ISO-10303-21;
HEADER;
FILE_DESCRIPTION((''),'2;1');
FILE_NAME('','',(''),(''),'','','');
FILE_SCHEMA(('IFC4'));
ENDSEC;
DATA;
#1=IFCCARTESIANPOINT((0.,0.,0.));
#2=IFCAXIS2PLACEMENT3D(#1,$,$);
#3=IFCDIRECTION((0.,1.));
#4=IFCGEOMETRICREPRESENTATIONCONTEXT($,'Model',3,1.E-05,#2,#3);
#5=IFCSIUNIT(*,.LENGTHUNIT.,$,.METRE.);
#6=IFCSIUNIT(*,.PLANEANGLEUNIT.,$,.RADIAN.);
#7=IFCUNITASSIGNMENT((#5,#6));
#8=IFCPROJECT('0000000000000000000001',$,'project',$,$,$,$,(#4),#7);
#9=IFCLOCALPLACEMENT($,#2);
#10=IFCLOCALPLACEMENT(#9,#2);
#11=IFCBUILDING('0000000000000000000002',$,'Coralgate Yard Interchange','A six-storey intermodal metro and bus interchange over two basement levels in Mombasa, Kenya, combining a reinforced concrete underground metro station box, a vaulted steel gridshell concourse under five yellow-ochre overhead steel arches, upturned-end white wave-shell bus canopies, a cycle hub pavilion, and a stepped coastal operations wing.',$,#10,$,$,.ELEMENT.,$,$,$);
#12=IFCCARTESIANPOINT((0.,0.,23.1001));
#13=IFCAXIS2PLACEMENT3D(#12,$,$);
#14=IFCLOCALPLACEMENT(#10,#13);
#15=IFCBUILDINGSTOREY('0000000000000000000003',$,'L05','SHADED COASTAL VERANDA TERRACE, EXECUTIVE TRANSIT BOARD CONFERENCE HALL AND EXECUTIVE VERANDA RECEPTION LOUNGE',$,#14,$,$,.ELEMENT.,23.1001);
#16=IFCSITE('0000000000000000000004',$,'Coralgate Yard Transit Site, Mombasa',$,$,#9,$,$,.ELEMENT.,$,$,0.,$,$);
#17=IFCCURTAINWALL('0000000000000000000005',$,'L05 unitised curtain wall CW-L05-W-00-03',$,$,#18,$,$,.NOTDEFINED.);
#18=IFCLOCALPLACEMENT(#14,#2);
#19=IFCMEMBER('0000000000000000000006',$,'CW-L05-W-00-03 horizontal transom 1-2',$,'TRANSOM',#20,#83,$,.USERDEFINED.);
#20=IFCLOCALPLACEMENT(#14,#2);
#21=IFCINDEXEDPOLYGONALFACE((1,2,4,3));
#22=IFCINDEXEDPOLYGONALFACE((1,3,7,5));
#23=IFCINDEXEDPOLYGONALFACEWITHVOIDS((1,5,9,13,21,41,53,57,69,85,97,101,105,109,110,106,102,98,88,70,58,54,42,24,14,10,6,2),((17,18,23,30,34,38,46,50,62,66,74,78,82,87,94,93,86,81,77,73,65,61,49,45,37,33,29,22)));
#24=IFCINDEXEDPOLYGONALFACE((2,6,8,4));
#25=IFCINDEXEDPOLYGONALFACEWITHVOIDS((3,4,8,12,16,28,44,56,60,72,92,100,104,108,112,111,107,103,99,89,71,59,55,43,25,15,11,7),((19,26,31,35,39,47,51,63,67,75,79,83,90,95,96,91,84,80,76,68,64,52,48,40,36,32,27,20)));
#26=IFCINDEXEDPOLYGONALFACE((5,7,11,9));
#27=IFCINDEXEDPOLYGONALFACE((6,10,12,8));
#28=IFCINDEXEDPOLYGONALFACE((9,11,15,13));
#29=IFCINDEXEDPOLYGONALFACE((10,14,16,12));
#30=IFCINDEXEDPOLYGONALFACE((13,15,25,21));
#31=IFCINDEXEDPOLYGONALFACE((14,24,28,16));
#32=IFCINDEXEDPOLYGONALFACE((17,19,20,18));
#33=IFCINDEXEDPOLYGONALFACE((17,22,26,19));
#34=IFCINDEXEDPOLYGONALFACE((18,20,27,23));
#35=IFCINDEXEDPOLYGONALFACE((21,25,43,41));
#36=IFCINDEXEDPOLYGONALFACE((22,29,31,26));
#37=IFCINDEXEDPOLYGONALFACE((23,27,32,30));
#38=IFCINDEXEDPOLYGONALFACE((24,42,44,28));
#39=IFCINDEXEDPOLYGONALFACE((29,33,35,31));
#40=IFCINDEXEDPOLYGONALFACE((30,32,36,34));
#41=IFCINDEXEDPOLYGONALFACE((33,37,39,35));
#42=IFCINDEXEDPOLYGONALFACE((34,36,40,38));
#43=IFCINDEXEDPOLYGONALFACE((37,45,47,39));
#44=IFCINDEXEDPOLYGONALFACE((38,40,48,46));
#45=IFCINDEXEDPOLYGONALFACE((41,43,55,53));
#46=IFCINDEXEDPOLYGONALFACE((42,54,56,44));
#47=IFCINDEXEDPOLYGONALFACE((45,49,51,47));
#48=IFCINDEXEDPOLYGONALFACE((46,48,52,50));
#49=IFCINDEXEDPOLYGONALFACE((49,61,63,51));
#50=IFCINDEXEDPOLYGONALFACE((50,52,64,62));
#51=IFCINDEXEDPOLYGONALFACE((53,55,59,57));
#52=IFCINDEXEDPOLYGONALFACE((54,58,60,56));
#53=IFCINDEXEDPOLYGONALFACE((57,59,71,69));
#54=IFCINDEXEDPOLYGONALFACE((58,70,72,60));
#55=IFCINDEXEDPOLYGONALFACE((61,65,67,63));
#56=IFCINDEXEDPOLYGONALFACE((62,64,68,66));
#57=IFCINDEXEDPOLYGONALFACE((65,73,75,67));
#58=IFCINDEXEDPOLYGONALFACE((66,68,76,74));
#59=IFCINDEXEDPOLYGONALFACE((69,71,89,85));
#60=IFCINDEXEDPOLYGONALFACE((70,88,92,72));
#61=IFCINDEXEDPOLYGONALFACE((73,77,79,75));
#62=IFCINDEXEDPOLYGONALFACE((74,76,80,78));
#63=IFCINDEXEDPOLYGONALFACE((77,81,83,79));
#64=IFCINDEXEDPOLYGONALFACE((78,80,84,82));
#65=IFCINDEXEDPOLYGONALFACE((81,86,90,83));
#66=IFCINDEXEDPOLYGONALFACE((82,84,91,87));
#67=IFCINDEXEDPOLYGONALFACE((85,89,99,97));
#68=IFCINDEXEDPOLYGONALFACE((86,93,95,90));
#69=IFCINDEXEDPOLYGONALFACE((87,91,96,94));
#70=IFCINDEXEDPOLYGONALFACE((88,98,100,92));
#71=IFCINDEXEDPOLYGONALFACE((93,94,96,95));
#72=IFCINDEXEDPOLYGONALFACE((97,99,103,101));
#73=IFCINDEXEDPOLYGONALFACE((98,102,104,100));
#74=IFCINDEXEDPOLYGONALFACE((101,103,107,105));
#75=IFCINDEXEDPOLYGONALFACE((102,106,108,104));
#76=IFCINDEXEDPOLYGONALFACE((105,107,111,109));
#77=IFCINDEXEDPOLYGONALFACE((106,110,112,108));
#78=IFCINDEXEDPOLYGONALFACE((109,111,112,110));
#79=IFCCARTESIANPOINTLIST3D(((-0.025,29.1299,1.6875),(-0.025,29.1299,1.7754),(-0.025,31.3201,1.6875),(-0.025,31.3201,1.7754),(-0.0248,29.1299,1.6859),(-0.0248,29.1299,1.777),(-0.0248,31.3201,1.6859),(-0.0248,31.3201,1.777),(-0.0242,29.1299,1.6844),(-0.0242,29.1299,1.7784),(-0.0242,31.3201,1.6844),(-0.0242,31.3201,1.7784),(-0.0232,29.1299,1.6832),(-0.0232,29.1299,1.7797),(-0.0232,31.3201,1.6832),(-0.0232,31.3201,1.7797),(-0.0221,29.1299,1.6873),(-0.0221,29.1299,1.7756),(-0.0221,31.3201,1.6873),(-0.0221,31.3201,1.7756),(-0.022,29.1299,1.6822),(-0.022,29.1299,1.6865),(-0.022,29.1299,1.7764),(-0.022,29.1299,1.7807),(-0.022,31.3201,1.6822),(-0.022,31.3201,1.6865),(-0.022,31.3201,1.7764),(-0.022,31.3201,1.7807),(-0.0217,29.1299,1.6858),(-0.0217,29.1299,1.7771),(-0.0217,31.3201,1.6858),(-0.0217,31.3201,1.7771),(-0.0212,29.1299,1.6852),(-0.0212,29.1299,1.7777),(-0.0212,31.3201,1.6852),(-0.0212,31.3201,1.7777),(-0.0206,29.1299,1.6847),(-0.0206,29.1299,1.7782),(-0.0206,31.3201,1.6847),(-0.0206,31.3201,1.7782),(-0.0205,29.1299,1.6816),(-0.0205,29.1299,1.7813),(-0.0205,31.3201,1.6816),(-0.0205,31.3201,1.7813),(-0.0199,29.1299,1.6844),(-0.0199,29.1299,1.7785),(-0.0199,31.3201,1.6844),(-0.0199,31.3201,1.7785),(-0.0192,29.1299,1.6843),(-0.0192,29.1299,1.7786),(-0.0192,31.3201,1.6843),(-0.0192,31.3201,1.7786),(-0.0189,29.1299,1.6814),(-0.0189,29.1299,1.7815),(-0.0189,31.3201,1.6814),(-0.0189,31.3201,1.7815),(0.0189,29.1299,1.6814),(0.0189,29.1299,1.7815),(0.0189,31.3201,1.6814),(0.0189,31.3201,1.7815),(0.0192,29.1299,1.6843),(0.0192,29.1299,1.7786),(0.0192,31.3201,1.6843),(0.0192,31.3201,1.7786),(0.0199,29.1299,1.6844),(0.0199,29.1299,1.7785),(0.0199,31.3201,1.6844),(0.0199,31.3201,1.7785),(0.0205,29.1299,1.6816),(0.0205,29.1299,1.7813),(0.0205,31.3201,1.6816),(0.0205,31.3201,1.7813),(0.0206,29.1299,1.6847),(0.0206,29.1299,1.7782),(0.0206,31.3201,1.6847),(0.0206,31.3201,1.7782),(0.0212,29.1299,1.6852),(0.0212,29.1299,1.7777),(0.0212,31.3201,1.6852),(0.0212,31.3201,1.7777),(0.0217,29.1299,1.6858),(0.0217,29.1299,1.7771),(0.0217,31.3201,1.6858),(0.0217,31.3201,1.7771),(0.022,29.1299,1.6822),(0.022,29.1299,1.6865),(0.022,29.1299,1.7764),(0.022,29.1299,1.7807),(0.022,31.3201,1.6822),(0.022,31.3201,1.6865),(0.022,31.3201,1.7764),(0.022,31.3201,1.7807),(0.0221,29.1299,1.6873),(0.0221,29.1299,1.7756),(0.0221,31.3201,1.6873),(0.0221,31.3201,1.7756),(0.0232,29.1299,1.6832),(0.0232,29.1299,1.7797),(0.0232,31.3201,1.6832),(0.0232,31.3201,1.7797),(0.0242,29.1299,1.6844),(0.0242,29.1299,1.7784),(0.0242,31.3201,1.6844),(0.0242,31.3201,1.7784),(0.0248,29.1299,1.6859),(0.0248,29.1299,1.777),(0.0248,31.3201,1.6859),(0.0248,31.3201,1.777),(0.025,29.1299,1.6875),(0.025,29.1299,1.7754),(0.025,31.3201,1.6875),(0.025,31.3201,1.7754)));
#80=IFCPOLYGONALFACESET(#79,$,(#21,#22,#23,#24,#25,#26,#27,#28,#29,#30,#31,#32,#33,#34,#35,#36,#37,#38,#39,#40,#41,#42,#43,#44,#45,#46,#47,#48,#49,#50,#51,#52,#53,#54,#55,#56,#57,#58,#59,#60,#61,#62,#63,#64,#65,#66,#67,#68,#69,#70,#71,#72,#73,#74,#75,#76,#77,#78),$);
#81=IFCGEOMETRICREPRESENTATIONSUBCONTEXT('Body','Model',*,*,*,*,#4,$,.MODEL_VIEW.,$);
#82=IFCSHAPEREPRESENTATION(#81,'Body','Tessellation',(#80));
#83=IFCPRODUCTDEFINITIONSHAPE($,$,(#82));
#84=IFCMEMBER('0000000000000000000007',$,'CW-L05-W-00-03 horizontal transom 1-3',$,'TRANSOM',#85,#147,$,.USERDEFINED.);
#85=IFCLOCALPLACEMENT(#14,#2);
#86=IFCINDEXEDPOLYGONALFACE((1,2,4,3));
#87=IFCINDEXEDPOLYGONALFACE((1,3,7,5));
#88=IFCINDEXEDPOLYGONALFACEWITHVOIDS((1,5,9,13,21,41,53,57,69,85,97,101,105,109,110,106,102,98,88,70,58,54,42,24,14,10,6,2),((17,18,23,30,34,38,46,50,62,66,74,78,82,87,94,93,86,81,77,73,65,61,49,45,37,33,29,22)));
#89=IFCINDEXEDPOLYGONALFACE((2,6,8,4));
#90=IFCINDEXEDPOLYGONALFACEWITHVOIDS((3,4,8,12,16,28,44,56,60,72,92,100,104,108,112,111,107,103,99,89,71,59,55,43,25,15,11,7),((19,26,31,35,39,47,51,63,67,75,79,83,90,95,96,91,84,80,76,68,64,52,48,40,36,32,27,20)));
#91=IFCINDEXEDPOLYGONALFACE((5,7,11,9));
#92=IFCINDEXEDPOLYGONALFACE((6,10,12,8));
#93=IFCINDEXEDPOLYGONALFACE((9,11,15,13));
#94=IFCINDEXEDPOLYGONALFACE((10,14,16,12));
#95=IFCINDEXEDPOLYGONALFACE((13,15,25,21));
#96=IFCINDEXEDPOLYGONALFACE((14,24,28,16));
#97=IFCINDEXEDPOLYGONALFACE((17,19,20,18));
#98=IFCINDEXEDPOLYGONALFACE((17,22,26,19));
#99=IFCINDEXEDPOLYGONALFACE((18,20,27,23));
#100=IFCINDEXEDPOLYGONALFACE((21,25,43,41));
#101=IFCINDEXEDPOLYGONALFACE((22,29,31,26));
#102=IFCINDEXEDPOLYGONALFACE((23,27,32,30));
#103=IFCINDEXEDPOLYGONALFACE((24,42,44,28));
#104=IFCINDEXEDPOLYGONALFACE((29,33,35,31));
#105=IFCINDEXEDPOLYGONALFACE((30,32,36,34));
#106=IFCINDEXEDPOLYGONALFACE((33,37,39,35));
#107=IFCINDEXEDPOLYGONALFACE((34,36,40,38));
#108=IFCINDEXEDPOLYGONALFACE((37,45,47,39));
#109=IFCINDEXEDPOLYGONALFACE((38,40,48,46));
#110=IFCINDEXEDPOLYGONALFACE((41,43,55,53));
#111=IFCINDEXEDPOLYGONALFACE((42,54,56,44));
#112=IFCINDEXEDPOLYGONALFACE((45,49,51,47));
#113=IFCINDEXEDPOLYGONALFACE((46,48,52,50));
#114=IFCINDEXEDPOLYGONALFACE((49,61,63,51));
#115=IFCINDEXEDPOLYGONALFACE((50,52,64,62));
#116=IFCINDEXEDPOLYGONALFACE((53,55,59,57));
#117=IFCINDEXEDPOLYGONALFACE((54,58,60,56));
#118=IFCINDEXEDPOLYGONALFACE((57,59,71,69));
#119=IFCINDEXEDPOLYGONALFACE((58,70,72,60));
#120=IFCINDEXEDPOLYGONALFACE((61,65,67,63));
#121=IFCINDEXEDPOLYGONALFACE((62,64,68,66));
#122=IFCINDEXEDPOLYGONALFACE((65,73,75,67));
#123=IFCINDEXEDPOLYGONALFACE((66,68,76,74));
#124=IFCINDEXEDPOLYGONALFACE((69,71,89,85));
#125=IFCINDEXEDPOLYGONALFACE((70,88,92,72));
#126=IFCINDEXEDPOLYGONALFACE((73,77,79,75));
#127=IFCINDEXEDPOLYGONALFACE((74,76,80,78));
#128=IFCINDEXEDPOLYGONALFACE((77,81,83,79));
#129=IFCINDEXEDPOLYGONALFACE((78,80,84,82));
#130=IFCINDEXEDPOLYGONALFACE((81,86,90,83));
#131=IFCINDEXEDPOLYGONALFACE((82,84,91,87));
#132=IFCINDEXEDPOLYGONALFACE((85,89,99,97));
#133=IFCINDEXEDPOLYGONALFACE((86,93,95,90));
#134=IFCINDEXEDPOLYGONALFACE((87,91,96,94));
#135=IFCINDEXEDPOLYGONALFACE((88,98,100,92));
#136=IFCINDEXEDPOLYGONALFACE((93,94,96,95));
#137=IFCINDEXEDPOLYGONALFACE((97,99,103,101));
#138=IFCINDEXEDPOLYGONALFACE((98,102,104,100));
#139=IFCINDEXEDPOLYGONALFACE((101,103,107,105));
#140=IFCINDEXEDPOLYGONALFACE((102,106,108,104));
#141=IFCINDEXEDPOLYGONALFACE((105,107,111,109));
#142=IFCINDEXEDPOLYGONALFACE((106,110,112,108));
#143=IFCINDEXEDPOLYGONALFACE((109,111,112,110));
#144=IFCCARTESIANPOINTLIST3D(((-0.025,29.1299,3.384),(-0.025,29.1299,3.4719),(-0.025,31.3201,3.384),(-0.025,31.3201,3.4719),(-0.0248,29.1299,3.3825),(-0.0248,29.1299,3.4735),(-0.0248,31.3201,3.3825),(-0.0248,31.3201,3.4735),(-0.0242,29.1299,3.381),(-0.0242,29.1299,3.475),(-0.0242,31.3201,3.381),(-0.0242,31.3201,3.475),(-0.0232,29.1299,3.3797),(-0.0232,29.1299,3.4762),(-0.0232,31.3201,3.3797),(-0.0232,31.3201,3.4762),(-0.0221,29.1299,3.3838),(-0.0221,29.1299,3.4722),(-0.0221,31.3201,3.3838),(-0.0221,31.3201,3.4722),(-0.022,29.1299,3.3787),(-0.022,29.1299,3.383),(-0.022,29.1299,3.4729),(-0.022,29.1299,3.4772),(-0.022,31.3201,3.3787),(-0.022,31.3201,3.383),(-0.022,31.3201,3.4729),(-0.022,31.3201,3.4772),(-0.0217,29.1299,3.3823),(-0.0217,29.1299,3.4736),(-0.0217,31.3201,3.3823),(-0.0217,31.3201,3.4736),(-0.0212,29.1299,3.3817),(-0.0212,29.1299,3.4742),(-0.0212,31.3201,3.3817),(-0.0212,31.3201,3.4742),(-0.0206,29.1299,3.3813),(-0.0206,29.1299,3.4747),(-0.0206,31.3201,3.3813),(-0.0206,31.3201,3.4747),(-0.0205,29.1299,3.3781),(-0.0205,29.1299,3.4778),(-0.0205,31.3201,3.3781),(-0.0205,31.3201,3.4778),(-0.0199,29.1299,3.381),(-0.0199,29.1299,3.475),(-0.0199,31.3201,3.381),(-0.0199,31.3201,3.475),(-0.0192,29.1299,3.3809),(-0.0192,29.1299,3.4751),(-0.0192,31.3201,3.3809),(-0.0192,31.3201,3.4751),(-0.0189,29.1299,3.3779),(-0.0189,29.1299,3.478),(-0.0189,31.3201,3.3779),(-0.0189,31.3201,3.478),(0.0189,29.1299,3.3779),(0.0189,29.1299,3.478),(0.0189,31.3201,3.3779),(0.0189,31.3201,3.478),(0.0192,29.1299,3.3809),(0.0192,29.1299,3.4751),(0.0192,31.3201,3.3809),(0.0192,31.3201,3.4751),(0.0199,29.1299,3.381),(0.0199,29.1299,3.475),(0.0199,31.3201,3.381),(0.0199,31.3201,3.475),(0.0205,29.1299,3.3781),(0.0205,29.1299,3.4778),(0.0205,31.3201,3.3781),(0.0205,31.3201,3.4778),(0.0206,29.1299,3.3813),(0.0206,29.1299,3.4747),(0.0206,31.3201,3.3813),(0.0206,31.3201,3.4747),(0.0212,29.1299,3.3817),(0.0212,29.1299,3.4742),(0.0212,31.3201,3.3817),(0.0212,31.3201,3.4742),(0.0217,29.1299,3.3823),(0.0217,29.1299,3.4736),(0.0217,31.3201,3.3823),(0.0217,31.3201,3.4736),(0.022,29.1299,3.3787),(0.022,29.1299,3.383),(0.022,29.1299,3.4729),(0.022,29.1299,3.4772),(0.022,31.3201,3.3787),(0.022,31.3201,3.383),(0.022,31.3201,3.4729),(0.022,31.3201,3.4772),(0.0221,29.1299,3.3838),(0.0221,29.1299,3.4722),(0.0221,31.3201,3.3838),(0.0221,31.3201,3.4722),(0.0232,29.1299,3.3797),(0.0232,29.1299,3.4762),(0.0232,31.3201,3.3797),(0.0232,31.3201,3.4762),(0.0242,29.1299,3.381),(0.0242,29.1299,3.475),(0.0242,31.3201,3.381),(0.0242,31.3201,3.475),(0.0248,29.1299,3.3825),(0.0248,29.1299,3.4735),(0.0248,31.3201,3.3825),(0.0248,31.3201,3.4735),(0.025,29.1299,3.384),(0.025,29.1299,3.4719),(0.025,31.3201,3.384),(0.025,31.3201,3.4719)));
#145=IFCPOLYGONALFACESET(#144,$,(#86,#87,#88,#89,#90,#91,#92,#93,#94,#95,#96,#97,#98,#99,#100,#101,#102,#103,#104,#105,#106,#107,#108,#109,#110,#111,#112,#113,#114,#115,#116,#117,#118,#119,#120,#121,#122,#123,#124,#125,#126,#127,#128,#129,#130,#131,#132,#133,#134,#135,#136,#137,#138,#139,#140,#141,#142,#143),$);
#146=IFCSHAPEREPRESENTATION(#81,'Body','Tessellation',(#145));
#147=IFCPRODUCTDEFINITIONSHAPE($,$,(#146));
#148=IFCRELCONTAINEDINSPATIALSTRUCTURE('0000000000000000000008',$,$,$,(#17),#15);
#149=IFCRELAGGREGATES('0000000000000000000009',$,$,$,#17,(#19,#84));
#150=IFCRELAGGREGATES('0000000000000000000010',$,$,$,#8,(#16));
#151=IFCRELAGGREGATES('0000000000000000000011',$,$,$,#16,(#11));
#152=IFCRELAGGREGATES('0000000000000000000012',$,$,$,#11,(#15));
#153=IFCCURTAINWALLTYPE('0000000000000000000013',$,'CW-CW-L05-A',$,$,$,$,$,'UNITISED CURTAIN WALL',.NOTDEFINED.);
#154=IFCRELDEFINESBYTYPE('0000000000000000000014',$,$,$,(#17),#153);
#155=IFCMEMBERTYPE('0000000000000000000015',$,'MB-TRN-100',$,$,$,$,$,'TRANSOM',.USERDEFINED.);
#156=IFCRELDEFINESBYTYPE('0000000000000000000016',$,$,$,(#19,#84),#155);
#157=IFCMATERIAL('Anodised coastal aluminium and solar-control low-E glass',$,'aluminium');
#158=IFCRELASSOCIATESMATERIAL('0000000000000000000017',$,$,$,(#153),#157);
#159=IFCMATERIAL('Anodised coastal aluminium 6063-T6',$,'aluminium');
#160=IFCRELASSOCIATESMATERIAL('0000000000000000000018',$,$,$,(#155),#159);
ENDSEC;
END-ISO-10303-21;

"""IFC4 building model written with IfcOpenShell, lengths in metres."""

from ifc_helpers import new_model, si_unit, direction, frame, origin, origin_2d, place, context, subcontext, project, spatial, hollow_rectangle, extrude, material, material_profile, profile_set, type_object, element, aggregate, save


model = new_model("IFC4")

# Units and contexts
model_context = context("Model", 3, precision=1e-05, world=origin(), true_north=direction((0.0, 1.0)))
body_context = subcontext(model_context, "Body", "Model", "MODEL_VIEW")
ifc_project = project(units=[si_unit("LENGTHUNIT", "METRE"), si_unit("PLANEANGLEUNIT", "RADIAN")], contexts=[model_context])

# Site, building, storey
site_placement = place(None, origin())
site = spatial("IfcSite", under=ifc_project, at=site_placement, Name="Coralgate Yard Transit Site, Mombasa", CompositionType="ELEMENT", RefElevation=0.0)
building_placement = place(site_placement, origin())
building = spatial("IfcBuilding", under=site, at=building_placement, Name="Coralgate Yard Interchange", Description="A six-storey intermodal metro and bus interchange over two basement levels in Mombasa, Kenya, combining a reinforced concrete underground metro station box, a vaulted steel gridshell concourse under five yellow-ochre overhead steel arches, upturned-end white wave-shell bus canopies, a cycle hub pavilion, and a stepped coastal operations wing.", CompositionType="ELEMENT")
storey_placement = place(building_placement, frame((0.0, 0.0, 23.1001)))
storey = spatial("IfcBuildingStorey", under=building, at=storey_placement, Name="L05", Description="SHADED COASTAL VERANDA TERRACE, EXECUTIVE TRANSIT BOARD CONFERENCE HALL AND EXECUTIVE VERANDA RECEPTION LOUNGE", CompositionType="ELEMENT", Elevation=23.1001)

# Curtain wall, members
ifc_material_1 = material(Name="Anodised coastal aluminium and solar-control low-E glass", Category="aluminium")
curtain_wall_type = type_object("IfcCurtainWallType", Name="CW-CW-L05-A", ElementType="UNITISED CURTAIN WALL", PredefinedType="NOTDEFINED", material=ifc_material_1)
curtain_wall_placement = place(storey_placement, origin())
curtain_wall = element("IfcCurtainWall", 1, at=curtain_wall_placement, inside=storey, type_object=curtain_wall_type, Name="L05 unitised curtain wall CW-L05-W-00-03", PredefinedType="NOTDEFINED")
ifc_material_2 = material(Name="Anodised coastal aluminium 6063-T6", Category="aluminium")
ifc_material_profile_1 = material_profile(ifc_material_2, hollow_rectangle(XDim=0.05, YDim=0.1001, WallThickness=0.0029, InnerFilletRadius=0.0029, OuterFilletRadius=0.0061, at=origin_2d()), Name="ALU 50x100x3")
ifc_profile_set_1 = profile_set([ifc_material_profile_1], Name="Anodised coastal aluminium 6063-T6")
member_type_1 = type_object("IfcMemberType", Name="MB-TRN-100", ElementType="TRANSOM", PredefinedType="USERDEFINED", material=ifc_profile_set_1)
member_1_placement = place(storey_placement, frame((0.0, 29.1299, 1.7314), z_axis=(0.0, 1.0, 0.0), x_axis=(-1.0, 0.0, 0.0)))
member_1 = element("IfcMember", 2, at=member_1_placement, type_object=member_type_1, Name="CW-L05-W-00-03 horizontal transom 1-2", ObjectType="TRANSOM", PredefinedType="USERDEFINED", context=body_context, shape_type="SweptSolid", body=[
    extrude(hollow_rectangle(XDim=0.05, YDim=0.1001, WallThickness=0.0029, InnerFilletRadius=0.0029, OuterFilletRadius=0.0061, at=origin_2d()), origin(), (0.0, 0.0, 1.0), 2.1902),
])
member_2_placement = place(storey_placement, frame((0.0, 29.1299, 3.428), z_axis=(0.0, 1.0, 0.0), x_axis=(-1.0, 0.0, 0.0)))
member_2 = element("IfcMember", 3, at=member_2_placement, type_object=member_type_1, Name="CW-L05-W-00-03 horizontal transom 1-3", ObjectType="TRANSOM", PredefinedType="USERDEFINED", context=body_context, shape_type="SweptSolid", body=[
    extrude(hollow_rectangle(XDim=0.05, YDim=0.1001, WallThickness=0.0029, InnerFilletRadius=0.0029, OuterFilletRadius=0.0061, at=origin_2d()), origin(), (0.0, 0.0, 1.0), 2.1902),
])
aggregate(curtain_wall, [member_1, member_2])

save(model, "model.ifc")
